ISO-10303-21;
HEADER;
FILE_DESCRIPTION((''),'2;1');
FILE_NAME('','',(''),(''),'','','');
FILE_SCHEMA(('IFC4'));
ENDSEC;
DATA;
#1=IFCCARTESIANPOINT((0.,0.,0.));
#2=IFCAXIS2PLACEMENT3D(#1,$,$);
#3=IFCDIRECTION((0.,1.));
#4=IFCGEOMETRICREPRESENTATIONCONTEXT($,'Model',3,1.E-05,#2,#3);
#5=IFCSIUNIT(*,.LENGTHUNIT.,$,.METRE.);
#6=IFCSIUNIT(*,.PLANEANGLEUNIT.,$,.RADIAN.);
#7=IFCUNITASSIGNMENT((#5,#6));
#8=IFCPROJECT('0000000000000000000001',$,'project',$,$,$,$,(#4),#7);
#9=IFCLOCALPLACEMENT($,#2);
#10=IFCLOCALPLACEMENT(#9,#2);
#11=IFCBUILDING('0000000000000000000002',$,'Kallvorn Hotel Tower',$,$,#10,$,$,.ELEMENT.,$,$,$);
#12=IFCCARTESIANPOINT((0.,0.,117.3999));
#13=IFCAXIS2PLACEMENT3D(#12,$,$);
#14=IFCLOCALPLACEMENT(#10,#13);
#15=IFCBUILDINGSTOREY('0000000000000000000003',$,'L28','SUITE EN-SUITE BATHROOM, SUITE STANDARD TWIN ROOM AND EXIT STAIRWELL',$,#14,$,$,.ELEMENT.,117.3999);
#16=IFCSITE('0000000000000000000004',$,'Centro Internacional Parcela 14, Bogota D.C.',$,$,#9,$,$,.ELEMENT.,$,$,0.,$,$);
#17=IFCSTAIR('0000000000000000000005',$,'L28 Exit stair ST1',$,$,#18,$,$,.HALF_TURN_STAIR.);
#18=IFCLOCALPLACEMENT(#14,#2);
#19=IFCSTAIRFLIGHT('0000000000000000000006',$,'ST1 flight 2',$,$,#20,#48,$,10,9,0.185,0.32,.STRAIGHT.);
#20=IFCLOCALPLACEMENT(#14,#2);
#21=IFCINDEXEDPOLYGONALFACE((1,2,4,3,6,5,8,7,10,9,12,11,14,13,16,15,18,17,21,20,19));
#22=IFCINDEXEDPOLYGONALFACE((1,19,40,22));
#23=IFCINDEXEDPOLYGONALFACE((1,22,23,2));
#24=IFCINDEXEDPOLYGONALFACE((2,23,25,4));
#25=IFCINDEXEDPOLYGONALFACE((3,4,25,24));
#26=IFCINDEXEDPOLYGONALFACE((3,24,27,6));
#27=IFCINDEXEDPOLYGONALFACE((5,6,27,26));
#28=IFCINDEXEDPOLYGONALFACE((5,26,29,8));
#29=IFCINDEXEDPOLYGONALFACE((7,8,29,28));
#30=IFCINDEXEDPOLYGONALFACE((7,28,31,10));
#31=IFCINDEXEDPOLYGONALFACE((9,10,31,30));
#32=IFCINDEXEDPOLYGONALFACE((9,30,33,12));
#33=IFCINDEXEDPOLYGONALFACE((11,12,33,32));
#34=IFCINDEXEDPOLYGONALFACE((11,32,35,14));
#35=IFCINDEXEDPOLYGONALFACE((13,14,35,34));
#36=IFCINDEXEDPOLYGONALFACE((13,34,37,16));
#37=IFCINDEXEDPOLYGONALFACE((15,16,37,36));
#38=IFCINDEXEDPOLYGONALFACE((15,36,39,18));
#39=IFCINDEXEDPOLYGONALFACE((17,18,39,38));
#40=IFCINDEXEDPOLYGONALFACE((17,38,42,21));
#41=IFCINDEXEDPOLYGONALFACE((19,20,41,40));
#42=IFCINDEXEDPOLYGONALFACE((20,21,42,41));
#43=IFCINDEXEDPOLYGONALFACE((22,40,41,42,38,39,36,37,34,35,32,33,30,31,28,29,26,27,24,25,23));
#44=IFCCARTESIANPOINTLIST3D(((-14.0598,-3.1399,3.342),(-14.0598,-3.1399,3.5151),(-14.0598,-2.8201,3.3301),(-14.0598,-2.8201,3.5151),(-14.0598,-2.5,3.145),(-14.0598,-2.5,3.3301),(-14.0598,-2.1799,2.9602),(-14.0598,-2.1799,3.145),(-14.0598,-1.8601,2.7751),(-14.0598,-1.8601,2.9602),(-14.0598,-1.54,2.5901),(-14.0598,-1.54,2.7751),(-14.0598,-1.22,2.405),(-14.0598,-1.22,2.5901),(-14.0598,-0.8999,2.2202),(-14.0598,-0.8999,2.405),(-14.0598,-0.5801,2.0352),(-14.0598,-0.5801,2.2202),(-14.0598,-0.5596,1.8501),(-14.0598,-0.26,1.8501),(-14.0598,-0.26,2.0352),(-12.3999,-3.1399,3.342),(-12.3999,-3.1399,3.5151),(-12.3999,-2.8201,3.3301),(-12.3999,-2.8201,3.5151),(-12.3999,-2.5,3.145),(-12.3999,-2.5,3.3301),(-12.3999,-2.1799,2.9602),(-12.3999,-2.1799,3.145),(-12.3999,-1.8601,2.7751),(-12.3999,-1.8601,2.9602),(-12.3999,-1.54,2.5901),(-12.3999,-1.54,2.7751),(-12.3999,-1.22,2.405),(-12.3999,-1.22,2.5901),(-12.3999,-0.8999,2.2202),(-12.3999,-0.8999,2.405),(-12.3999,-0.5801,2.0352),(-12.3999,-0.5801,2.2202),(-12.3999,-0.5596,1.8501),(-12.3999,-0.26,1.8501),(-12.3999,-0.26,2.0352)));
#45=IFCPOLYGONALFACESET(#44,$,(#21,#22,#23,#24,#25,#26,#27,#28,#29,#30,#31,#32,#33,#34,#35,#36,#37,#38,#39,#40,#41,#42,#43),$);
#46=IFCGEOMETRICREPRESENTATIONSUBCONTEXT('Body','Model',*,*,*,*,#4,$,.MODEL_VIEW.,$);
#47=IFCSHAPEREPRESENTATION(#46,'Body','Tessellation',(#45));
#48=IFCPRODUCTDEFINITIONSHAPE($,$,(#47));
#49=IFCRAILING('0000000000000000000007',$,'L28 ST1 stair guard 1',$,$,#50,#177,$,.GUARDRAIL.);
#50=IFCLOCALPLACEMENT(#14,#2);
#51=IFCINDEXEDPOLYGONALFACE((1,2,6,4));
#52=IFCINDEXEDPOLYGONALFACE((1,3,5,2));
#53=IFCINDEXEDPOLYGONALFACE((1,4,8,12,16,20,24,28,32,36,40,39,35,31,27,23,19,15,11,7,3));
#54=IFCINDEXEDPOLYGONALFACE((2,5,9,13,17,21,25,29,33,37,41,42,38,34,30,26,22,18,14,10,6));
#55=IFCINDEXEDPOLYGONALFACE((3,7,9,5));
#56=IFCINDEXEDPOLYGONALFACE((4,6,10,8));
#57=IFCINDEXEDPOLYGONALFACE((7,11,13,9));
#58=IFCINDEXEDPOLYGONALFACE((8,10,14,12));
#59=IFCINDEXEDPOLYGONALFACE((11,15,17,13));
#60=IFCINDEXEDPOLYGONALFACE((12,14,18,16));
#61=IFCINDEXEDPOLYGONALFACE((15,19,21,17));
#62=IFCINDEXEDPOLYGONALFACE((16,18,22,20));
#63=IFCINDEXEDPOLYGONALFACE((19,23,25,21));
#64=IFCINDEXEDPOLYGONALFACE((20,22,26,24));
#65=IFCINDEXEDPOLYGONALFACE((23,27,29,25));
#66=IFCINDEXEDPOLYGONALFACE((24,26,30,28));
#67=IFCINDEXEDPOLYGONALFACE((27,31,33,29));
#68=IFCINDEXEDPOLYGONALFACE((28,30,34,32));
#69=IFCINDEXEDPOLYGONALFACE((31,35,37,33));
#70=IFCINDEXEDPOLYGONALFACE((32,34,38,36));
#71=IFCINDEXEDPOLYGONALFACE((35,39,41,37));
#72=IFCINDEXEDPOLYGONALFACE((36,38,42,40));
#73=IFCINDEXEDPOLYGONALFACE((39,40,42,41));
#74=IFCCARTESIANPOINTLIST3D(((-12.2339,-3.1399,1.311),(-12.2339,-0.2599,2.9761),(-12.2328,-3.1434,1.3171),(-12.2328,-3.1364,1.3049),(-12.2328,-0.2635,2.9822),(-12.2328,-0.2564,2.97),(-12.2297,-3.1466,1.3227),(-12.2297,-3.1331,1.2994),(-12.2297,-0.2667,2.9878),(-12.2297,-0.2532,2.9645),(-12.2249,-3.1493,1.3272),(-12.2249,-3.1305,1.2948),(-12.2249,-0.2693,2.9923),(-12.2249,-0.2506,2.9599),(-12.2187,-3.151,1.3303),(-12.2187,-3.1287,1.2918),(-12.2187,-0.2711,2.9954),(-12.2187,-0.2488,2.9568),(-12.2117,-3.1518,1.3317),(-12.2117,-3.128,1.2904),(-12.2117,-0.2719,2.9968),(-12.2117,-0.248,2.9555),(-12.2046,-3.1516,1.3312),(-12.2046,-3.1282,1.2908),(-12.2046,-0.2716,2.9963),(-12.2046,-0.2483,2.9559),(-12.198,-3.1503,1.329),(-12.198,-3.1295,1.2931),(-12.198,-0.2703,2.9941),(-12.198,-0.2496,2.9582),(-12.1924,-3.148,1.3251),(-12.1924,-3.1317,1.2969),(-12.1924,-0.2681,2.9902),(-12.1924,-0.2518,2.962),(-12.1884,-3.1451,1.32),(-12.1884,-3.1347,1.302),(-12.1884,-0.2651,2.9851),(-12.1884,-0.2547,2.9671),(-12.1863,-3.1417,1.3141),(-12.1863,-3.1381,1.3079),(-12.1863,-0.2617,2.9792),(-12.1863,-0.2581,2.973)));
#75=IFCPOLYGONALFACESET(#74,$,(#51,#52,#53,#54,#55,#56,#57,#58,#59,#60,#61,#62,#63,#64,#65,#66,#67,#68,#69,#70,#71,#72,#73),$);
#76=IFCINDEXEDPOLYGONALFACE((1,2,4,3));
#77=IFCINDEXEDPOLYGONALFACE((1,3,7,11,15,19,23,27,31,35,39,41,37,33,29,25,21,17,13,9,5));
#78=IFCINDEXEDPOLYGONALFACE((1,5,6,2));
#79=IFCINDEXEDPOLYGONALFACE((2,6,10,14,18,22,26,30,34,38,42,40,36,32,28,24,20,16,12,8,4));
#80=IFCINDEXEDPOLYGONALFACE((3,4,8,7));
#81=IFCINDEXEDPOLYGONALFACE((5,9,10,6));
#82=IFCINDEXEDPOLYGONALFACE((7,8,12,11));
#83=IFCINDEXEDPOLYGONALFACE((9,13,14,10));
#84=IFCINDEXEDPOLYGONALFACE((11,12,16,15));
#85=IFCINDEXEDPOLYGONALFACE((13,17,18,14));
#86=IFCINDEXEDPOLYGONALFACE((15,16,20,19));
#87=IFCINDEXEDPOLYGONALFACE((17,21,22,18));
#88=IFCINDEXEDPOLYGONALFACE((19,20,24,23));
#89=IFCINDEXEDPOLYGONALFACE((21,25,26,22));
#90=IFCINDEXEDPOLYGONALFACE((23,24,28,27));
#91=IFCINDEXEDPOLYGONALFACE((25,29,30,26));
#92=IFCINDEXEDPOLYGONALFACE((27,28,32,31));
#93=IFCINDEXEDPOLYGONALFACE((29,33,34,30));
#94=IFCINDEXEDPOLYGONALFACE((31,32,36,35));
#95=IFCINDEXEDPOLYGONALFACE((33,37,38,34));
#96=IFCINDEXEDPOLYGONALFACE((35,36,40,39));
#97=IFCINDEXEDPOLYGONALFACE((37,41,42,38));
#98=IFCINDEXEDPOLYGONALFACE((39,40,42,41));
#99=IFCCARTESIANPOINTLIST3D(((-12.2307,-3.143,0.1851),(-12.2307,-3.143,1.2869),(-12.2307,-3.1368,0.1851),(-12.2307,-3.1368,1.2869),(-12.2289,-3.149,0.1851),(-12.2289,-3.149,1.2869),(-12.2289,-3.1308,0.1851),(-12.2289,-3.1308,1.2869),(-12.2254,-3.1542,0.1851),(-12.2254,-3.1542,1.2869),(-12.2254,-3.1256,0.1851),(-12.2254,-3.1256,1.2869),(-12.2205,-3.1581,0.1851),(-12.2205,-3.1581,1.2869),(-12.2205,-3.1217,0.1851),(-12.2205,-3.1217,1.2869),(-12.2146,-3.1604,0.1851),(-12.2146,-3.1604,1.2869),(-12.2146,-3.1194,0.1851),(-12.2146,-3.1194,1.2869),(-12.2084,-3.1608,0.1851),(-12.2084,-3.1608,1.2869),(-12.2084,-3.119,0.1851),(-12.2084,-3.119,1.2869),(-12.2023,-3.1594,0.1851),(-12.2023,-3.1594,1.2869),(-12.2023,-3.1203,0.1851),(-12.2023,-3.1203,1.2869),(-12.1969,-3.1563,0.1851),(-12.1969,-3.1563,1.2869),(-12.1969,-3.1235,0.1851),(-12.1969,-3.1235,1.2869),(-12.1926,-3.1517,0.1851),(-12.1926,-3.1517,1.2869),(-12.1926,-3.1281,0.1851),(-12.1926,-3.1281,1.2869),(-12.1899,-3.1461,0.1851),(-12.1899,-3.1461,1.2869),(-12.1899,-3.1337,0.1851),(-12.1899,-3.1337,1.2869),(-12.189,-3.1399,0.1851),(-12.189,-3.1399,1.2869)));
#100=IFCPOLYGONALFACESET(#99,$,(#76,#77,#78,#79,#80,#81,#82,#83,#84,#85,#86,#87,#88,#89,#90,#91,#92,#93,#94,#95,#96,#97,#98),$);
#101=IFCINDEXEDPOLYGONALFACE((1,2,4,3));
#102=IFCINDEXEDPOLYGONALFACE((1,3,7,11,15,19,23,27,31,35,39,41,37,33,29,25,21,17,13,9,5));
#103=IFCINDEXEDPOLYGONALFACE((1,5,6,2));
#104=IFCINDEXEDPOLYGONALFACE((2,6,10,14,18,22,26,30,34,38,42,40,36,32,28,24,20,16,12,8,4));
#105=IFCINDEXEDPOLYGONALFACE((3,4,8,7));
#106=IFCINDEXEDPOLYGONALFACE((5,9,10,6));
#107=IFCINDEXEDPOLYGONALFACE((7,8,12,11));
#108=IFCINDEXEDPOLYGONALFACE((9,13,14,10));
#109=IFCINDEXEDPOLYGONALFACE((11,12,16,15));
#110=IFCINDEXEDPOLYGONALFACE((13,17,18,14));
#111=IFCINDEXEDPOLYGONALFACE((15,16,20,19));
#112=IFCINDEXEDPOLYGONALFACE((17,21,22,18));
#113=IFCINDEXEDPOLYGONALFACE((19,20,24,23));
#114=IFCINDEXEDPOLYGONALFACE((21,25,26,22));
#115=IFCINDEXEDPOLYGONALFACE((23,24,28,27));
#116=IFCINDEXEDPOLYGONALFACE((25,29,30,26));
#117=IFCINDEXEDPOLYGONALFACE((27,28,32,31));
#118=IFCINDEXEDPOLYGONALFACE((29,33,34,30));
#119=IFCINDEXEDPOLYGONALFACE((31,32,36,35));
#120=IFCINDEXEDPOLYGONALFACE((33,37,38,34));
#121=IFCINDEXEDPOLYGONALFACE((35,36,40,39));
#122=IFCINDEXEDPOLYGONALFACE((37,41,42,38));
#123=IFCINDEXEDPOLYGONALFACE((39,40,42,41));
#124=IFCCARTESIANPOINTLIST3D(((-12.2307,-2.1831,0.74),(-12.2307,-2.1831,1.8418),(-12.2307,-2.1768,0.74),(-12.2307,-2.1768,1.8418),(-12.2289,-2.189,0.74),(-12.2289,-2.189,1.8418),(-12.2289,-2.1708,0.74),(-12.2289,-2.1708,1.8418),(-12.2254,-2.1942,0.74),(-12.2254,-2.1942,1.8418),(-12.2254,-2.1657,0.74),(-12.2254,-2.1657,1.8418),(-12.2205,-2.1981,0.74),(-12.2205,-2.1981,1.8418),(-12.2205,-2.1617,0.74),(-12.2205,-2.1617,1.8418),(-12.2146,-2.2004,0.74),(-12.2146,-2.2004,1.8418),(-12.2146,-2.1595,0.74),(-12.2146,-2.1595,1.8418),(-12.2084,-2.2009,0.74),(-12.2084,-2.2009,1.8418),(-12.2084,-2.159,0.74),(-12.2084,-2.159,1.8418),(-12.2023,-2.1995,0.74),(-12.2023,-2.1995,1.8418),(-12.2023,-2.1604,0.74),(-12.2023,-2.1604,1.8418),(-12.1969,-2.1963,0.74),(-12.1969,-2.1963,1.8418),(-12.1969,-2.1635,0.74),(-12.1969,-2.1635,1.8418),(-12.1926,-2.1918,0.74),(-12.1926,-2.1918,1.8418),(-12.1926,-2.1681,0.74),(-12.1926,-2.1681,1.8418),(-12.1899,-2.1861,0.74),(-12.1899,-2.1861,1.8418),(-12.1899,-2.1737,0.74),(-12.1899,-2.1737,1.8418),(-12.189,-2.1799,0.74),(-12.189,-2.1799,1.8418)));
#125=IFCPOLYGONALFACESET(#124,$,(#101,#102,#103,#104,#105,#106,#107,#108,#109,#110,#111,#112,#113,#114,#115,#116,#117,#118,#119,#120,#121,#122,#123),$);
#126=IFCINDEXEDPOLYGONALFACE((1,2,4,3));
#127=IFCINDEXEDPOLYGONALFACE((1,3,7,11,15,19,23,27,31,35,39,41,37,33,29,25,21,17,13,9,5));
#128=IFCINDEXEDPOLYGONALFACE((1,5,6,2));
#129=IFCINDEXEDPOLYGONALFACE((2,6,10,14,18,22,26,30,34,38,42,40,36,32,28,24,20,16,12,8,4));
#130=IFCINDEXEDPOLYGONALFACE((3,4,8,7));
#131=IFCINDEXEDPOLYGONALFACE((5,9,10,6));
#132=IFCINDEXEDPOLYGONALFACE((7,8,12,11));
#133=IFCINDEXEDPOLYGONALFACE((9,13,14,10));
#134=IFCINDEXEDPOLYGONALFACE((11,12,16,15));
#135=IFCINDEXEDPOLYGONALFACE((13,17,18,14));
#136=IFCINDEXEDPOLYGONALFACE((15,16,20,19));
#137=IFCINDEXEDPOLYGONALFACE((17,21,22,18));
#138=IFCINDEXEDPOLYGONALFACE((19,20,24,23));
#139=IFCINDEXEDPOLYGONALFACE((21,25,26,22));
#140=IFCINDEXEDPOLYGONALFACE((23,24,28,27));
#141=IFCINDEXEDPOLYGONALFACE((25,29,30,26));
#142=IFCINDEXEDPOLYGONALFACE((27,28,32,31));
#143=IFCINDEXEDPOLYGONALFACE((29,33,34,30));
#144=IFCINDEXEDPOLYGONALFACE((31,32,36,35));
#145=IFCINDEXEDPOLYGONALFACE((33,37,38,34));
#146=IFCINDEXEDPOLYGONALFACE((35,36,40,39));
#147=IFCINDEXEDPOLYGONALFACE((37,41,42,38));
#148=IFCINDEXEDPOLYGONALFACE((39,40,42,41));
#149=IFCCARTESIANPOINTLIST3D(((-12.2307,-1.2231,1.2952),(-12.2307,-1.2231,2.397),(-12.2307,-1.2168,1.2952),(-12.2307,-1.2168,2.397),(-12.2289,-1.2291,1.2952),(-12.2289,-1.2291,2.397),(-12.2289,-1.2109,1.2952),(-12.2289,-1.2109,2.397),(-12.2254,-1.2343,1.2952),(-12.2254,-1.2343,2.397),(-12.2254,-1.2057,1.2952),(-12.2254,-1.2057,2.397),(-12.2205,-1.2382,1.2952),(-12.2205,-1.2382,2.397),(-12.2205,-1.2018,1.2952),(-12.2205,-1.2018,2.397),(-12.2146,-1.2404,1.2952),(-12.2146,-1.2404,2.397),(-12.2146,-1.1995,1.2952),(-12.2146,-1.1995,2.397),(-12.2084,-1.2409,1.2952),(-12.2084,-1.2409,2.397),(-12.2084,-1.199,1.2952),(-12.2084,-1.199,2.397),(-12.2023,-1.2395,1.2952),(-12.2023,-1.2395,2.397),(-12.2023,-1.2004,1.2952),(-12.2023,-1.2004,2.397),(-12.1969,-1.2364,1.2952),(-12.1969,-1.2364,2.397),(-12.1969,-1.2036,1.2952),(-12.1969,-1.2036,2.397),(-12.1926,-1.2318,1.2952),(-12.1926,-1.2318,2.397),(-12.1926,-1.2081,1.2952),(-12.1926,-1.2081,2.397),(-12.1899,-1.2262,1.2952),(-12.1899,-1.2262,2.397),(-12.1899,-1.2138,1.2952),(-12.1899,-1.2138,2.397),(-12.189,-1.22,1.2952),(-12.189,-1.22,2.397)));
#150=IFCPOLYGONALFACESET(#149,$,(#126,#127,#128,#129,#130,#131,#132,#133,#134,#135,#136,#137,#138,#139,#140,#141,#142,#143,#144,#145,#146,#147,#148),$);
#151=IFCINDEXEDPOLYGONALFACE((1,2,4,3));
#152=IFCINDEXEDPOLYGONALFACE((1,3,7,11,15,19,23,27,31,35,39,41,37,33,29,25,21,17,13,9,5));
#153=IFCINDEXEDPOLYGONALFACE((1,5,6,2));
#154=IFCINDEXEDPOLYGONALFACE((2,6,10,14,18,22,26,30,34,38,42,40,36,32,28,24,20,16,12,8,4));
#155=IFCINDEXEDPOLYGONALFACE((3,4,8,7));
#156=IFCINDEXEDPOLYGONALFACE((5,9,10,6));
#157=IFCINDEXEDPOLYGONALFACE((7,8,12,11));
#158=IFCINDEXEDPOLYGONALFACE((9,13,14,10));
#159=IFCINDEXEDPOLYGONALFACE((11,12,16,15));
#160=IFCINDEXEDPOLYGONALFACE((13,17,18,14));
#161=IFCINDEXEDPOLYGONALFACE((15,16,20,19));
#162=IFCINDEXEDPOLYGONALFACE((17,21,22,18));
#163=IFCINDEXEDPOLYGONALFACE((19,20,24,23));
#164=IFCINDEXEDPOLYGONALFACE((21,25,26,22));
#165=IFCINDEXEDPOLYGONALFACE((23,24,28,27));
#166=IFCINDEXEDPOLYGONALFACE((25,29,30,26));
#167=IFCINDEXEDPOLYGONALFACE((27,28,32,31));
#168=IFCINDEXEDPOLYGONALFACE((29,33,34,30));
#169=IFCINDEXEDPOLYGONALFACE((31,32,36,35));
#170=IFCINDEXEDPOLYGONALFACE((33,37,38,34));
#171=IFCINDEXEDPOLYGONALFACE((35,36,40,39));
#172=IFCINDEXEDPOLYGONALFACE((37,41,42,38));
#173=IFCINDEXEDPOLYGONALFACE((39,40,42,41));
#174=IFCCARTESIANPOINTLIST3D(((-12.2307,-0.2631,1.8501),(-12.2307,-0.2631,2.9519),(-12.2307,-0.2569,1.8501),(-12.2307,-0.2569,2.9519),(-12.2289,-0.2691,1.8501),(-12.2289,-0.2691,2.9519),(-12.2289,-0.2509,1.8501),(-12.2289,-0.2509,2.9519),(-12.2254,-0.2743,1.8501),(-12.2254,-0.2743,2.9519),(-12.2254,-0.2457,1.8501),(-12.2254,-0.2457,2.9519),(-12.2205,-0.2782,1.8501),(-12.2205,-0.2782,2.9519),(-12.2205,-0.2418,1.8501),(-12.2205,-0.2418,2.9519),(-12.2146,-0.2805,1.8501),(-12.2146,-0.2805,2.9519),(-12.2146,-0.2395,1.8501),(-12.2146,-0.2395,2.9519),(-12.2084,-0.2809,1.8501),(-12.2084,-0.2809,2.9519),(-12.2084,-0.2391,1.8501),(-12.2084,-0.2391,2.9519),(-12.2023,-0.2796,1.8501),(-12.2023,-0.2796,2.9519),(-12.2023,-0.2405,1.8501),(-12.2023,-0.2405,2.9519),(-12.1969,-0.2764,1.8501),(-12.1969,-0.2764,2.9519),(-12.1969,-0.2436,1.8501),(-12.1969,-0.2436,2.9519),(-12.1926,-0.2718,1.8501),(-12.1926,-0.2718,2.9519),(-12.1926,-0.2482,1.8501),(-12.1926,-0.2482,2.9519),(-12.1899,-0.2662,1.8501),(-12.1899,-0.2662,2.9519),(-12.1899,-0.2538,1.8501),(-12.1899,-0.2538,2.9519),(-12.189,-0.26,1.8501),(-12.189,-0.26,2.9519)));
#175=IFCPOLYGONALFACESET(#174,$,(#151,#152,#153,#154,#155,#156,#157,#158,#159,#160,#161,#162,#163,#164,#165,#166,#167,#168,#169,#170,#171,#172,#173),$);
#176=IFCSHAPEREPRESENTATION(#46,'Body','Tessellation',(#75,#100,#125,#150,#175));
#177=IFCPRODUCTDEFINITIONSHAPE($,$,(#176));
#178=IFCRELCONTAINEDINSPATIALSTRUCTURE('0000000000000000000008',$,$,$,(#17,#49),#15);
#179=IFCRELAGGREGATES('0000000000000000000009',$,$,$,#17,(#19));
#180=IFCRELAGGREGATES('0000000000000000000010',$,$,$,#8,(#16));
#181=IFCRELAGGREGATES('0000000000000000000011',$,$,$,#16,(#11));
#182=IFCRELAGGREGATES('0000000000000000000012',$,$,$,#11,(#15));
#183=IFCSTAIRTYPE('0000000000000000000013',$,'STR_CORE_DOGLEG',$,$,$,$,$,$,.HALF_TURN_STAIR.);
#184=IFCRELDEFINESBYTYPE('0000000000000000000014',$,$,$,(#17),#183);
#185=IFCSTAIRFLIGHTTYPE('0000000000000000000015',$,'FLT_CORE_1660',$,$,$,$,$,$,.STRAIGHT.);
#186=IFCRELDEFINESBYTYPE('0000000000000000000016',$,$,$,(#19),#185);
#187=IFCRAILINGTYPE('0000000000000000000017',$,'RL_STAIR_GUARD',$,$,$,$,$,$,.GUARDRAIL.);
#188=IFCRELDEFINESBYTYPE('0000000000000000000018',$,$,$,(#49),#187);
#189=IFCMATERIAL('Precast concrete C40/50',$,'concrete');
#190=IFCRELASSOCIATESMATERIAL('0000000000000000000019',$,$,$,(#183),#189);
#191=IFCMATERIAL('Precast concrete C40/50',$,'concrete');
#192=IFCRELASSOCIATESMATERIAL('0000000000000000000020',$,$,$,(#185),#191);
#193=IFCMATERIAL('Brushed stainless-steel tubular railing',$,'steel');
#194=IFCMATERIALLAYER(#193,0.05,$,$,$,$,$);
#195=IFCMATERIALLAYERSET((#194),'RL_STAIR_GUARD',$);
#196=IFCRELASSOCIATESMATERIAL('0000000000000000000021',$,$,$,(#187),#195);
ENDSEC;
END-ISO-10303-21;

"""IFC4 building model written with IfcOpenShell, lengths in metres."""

from ifc_helpers import new_model, si_unit, direction, frame, origin, origin_2d, place, context, subcontext, project, spatial, polyline, circle, outline, extrude, material, layer, layer_set, type_object, element, aggregate, save


model = new_model("IFC4")

# Units and contexts
model_context = context("Model", 3, precision=1e-05, world=origin(), true_north=direction((0.0, 1.0)))
body_context = subcontext(model_context, "Body", "Model", "MODEL_VIEW")
ifc_project = project(units=[si_unit("LENGTHUNIT", "METRE"), si_unit("PLANEANGLEUNIT", "RADIAN")], contexts=[model_context])

# Site, building, storey
site_placement = place(None, origin())
site = spatial("IfcSite", under=ifc_project, at=site_placement, Name="Centro Internacional Parcela 14, Bogota D.C.", CompositionType="ELEMENT", RefElevation=0.0)
building_placement = place(site_placement, origin())
building = spatial("IfcBuilding", under=site, at=building_placement, Name="Kallvorn Hotel Tower", CompositionType="ELEMENT")
storey_placement = place(building_placement, frame((0.0, 0.0, 117.3999)))
storey = spatial("IfcBuildingStorey", under=building, at=storey_placement, Name="L28", Description="SUITE EN-SUITE BATHROOM, SUITE STANDARD TWIN ROOM AND EXIT STAIRWELL", CompositionType="ELEMENT", Elevation=117.3999)

# Stair, stair flight
ifc_material_1 = material(Name="Precast concrete C40/50", Category="concrete")
stair_type = type_object("IfcStairType", Name="STR_CORE_DOGLEG", PredefinedType="HALF_TURN_STAIR", material=ifc_material_1)
stair_placement = place(storey_placement, origin())
stair = element("IfcStair", 1, at=stair_placement, inside=storey, type_object=stair_type, Name="L28 Exit stair ST1", PredefinedType="HALF_TURN_STAIR")
ifc_material_2 = material(Name="Precast concrete C40/50", Category="concrete")
stair_flight_type = type_object("IfcStairFlightType", Name="FLT_CORE_1660", PredefinedType="STRAIGHT", material=ifc_material_2)
stair_flight_1_placement = place(storey_placement, frame((-13.23, -0.26, 1.8501), z_axis=(0.0, 0.0, 1.0), x_axis=(0.0, -1.0, 0.0)))
stair_flight_1 = element("IfcStairFlight", 2, at=stair_flight_1_placement, type_object=stair_flight_type, Name="ST1 flight 2", NumberOfRisers=10, NumberOfTreads=9, PredefinedType="STRAIGHT", RiserHeight=0.185, TreadLength=0.32, context=body_context, shape_type="SweptSolid", body=[
    extrude(outline(polyline([(0.0, 0.0), (0.0, 0.1851), (0.3201, 0.1851), (0.3201, 0.3701), (0.6399, 0.3701), (0.6399, 0.5549), (0.96, 0.5549), (0.96, 0.74), (1.28, 0.74), (1.28, 0.925), (1.6001, 0.925), (1.6001, 1.1101), (1.9199, 1.1101), (1.9199, 1.2949), (2.24, 1.2949), (2.24, 1.48), (2.5601, 1.48), (2.5601, 1.665), (2.8799, 1.665), (2.8799, 1.8501), (2.8799, 1.4919), (0.2996, 0.0), (0.0, 0.0)])), frame((0.0, 0.8301, 0.0), z_axis=(0.0, -1.0, 0.0), x_axis=(1.0, 0.0, 0.0)), (0.0, 0.0, 1.0), 1.6599),
])
aggregate(stair, [stair_flight_1])

# Railing
ifc_material_3 = material(Name="Brushed stainless-steel tubular railing", Category="steel")
ifc_layer_1 = layer(ifc_material_3, 0.05)
ifc_layer_set_1 = layer_set([ifc_layer_1], Name="RL_STAIR_GUARD")
railing_type_1 = type_object("IfcRailingType", Name="RL_STAIR_GUARD", PredefinedType="GUARDRAIL", material=ifc_layer_set_1)
railing_1_placement = place(storey_placement, frame((-12.21, -3.1399, 0.1851)))
element("IfcRailing", 3, at=railing_1_placement, inside=storey, type_object=railing_type_1, Name="L28 ST1 stair guard 1", PredefinedType="GUARDRAIL", context=body_context, shape_type="SweptSolid", body=[
    extrude(circle(Radius=0.0239, at=origin_2d()), frame((0.0, 0.0, 1.126), z_axis=(0.0, 0.865721, 0.500527), x_axis=(-1.0, 0.0, 0.0)), (0.0, 0.0, 1.0), 3.3267),
    extrude(circle(Radius=0.021, at=origin_2d()), origin(), (0.0, 0.0, 1.0), 1.1018),
    extrude(circle(Radius=0.021, at=origin_2d()), frame((0.0, 0.96, 0.5549)), (0.0, 0.0, 1.0), 1.1018),
    extrude(circle(Radius=0.021, at=origin_2d()), frame((0.0, 1.9199, 1.1101)), (0.0, 0.0, 1.0), 1.1018),
    extrude(circle(Radius=0.021, at=origin_2d()), frame((0.0, 2.8799, 1.665)), (0.0, 0.0, 1.0), 1.1018),
])

save(model, "model.ifc")
